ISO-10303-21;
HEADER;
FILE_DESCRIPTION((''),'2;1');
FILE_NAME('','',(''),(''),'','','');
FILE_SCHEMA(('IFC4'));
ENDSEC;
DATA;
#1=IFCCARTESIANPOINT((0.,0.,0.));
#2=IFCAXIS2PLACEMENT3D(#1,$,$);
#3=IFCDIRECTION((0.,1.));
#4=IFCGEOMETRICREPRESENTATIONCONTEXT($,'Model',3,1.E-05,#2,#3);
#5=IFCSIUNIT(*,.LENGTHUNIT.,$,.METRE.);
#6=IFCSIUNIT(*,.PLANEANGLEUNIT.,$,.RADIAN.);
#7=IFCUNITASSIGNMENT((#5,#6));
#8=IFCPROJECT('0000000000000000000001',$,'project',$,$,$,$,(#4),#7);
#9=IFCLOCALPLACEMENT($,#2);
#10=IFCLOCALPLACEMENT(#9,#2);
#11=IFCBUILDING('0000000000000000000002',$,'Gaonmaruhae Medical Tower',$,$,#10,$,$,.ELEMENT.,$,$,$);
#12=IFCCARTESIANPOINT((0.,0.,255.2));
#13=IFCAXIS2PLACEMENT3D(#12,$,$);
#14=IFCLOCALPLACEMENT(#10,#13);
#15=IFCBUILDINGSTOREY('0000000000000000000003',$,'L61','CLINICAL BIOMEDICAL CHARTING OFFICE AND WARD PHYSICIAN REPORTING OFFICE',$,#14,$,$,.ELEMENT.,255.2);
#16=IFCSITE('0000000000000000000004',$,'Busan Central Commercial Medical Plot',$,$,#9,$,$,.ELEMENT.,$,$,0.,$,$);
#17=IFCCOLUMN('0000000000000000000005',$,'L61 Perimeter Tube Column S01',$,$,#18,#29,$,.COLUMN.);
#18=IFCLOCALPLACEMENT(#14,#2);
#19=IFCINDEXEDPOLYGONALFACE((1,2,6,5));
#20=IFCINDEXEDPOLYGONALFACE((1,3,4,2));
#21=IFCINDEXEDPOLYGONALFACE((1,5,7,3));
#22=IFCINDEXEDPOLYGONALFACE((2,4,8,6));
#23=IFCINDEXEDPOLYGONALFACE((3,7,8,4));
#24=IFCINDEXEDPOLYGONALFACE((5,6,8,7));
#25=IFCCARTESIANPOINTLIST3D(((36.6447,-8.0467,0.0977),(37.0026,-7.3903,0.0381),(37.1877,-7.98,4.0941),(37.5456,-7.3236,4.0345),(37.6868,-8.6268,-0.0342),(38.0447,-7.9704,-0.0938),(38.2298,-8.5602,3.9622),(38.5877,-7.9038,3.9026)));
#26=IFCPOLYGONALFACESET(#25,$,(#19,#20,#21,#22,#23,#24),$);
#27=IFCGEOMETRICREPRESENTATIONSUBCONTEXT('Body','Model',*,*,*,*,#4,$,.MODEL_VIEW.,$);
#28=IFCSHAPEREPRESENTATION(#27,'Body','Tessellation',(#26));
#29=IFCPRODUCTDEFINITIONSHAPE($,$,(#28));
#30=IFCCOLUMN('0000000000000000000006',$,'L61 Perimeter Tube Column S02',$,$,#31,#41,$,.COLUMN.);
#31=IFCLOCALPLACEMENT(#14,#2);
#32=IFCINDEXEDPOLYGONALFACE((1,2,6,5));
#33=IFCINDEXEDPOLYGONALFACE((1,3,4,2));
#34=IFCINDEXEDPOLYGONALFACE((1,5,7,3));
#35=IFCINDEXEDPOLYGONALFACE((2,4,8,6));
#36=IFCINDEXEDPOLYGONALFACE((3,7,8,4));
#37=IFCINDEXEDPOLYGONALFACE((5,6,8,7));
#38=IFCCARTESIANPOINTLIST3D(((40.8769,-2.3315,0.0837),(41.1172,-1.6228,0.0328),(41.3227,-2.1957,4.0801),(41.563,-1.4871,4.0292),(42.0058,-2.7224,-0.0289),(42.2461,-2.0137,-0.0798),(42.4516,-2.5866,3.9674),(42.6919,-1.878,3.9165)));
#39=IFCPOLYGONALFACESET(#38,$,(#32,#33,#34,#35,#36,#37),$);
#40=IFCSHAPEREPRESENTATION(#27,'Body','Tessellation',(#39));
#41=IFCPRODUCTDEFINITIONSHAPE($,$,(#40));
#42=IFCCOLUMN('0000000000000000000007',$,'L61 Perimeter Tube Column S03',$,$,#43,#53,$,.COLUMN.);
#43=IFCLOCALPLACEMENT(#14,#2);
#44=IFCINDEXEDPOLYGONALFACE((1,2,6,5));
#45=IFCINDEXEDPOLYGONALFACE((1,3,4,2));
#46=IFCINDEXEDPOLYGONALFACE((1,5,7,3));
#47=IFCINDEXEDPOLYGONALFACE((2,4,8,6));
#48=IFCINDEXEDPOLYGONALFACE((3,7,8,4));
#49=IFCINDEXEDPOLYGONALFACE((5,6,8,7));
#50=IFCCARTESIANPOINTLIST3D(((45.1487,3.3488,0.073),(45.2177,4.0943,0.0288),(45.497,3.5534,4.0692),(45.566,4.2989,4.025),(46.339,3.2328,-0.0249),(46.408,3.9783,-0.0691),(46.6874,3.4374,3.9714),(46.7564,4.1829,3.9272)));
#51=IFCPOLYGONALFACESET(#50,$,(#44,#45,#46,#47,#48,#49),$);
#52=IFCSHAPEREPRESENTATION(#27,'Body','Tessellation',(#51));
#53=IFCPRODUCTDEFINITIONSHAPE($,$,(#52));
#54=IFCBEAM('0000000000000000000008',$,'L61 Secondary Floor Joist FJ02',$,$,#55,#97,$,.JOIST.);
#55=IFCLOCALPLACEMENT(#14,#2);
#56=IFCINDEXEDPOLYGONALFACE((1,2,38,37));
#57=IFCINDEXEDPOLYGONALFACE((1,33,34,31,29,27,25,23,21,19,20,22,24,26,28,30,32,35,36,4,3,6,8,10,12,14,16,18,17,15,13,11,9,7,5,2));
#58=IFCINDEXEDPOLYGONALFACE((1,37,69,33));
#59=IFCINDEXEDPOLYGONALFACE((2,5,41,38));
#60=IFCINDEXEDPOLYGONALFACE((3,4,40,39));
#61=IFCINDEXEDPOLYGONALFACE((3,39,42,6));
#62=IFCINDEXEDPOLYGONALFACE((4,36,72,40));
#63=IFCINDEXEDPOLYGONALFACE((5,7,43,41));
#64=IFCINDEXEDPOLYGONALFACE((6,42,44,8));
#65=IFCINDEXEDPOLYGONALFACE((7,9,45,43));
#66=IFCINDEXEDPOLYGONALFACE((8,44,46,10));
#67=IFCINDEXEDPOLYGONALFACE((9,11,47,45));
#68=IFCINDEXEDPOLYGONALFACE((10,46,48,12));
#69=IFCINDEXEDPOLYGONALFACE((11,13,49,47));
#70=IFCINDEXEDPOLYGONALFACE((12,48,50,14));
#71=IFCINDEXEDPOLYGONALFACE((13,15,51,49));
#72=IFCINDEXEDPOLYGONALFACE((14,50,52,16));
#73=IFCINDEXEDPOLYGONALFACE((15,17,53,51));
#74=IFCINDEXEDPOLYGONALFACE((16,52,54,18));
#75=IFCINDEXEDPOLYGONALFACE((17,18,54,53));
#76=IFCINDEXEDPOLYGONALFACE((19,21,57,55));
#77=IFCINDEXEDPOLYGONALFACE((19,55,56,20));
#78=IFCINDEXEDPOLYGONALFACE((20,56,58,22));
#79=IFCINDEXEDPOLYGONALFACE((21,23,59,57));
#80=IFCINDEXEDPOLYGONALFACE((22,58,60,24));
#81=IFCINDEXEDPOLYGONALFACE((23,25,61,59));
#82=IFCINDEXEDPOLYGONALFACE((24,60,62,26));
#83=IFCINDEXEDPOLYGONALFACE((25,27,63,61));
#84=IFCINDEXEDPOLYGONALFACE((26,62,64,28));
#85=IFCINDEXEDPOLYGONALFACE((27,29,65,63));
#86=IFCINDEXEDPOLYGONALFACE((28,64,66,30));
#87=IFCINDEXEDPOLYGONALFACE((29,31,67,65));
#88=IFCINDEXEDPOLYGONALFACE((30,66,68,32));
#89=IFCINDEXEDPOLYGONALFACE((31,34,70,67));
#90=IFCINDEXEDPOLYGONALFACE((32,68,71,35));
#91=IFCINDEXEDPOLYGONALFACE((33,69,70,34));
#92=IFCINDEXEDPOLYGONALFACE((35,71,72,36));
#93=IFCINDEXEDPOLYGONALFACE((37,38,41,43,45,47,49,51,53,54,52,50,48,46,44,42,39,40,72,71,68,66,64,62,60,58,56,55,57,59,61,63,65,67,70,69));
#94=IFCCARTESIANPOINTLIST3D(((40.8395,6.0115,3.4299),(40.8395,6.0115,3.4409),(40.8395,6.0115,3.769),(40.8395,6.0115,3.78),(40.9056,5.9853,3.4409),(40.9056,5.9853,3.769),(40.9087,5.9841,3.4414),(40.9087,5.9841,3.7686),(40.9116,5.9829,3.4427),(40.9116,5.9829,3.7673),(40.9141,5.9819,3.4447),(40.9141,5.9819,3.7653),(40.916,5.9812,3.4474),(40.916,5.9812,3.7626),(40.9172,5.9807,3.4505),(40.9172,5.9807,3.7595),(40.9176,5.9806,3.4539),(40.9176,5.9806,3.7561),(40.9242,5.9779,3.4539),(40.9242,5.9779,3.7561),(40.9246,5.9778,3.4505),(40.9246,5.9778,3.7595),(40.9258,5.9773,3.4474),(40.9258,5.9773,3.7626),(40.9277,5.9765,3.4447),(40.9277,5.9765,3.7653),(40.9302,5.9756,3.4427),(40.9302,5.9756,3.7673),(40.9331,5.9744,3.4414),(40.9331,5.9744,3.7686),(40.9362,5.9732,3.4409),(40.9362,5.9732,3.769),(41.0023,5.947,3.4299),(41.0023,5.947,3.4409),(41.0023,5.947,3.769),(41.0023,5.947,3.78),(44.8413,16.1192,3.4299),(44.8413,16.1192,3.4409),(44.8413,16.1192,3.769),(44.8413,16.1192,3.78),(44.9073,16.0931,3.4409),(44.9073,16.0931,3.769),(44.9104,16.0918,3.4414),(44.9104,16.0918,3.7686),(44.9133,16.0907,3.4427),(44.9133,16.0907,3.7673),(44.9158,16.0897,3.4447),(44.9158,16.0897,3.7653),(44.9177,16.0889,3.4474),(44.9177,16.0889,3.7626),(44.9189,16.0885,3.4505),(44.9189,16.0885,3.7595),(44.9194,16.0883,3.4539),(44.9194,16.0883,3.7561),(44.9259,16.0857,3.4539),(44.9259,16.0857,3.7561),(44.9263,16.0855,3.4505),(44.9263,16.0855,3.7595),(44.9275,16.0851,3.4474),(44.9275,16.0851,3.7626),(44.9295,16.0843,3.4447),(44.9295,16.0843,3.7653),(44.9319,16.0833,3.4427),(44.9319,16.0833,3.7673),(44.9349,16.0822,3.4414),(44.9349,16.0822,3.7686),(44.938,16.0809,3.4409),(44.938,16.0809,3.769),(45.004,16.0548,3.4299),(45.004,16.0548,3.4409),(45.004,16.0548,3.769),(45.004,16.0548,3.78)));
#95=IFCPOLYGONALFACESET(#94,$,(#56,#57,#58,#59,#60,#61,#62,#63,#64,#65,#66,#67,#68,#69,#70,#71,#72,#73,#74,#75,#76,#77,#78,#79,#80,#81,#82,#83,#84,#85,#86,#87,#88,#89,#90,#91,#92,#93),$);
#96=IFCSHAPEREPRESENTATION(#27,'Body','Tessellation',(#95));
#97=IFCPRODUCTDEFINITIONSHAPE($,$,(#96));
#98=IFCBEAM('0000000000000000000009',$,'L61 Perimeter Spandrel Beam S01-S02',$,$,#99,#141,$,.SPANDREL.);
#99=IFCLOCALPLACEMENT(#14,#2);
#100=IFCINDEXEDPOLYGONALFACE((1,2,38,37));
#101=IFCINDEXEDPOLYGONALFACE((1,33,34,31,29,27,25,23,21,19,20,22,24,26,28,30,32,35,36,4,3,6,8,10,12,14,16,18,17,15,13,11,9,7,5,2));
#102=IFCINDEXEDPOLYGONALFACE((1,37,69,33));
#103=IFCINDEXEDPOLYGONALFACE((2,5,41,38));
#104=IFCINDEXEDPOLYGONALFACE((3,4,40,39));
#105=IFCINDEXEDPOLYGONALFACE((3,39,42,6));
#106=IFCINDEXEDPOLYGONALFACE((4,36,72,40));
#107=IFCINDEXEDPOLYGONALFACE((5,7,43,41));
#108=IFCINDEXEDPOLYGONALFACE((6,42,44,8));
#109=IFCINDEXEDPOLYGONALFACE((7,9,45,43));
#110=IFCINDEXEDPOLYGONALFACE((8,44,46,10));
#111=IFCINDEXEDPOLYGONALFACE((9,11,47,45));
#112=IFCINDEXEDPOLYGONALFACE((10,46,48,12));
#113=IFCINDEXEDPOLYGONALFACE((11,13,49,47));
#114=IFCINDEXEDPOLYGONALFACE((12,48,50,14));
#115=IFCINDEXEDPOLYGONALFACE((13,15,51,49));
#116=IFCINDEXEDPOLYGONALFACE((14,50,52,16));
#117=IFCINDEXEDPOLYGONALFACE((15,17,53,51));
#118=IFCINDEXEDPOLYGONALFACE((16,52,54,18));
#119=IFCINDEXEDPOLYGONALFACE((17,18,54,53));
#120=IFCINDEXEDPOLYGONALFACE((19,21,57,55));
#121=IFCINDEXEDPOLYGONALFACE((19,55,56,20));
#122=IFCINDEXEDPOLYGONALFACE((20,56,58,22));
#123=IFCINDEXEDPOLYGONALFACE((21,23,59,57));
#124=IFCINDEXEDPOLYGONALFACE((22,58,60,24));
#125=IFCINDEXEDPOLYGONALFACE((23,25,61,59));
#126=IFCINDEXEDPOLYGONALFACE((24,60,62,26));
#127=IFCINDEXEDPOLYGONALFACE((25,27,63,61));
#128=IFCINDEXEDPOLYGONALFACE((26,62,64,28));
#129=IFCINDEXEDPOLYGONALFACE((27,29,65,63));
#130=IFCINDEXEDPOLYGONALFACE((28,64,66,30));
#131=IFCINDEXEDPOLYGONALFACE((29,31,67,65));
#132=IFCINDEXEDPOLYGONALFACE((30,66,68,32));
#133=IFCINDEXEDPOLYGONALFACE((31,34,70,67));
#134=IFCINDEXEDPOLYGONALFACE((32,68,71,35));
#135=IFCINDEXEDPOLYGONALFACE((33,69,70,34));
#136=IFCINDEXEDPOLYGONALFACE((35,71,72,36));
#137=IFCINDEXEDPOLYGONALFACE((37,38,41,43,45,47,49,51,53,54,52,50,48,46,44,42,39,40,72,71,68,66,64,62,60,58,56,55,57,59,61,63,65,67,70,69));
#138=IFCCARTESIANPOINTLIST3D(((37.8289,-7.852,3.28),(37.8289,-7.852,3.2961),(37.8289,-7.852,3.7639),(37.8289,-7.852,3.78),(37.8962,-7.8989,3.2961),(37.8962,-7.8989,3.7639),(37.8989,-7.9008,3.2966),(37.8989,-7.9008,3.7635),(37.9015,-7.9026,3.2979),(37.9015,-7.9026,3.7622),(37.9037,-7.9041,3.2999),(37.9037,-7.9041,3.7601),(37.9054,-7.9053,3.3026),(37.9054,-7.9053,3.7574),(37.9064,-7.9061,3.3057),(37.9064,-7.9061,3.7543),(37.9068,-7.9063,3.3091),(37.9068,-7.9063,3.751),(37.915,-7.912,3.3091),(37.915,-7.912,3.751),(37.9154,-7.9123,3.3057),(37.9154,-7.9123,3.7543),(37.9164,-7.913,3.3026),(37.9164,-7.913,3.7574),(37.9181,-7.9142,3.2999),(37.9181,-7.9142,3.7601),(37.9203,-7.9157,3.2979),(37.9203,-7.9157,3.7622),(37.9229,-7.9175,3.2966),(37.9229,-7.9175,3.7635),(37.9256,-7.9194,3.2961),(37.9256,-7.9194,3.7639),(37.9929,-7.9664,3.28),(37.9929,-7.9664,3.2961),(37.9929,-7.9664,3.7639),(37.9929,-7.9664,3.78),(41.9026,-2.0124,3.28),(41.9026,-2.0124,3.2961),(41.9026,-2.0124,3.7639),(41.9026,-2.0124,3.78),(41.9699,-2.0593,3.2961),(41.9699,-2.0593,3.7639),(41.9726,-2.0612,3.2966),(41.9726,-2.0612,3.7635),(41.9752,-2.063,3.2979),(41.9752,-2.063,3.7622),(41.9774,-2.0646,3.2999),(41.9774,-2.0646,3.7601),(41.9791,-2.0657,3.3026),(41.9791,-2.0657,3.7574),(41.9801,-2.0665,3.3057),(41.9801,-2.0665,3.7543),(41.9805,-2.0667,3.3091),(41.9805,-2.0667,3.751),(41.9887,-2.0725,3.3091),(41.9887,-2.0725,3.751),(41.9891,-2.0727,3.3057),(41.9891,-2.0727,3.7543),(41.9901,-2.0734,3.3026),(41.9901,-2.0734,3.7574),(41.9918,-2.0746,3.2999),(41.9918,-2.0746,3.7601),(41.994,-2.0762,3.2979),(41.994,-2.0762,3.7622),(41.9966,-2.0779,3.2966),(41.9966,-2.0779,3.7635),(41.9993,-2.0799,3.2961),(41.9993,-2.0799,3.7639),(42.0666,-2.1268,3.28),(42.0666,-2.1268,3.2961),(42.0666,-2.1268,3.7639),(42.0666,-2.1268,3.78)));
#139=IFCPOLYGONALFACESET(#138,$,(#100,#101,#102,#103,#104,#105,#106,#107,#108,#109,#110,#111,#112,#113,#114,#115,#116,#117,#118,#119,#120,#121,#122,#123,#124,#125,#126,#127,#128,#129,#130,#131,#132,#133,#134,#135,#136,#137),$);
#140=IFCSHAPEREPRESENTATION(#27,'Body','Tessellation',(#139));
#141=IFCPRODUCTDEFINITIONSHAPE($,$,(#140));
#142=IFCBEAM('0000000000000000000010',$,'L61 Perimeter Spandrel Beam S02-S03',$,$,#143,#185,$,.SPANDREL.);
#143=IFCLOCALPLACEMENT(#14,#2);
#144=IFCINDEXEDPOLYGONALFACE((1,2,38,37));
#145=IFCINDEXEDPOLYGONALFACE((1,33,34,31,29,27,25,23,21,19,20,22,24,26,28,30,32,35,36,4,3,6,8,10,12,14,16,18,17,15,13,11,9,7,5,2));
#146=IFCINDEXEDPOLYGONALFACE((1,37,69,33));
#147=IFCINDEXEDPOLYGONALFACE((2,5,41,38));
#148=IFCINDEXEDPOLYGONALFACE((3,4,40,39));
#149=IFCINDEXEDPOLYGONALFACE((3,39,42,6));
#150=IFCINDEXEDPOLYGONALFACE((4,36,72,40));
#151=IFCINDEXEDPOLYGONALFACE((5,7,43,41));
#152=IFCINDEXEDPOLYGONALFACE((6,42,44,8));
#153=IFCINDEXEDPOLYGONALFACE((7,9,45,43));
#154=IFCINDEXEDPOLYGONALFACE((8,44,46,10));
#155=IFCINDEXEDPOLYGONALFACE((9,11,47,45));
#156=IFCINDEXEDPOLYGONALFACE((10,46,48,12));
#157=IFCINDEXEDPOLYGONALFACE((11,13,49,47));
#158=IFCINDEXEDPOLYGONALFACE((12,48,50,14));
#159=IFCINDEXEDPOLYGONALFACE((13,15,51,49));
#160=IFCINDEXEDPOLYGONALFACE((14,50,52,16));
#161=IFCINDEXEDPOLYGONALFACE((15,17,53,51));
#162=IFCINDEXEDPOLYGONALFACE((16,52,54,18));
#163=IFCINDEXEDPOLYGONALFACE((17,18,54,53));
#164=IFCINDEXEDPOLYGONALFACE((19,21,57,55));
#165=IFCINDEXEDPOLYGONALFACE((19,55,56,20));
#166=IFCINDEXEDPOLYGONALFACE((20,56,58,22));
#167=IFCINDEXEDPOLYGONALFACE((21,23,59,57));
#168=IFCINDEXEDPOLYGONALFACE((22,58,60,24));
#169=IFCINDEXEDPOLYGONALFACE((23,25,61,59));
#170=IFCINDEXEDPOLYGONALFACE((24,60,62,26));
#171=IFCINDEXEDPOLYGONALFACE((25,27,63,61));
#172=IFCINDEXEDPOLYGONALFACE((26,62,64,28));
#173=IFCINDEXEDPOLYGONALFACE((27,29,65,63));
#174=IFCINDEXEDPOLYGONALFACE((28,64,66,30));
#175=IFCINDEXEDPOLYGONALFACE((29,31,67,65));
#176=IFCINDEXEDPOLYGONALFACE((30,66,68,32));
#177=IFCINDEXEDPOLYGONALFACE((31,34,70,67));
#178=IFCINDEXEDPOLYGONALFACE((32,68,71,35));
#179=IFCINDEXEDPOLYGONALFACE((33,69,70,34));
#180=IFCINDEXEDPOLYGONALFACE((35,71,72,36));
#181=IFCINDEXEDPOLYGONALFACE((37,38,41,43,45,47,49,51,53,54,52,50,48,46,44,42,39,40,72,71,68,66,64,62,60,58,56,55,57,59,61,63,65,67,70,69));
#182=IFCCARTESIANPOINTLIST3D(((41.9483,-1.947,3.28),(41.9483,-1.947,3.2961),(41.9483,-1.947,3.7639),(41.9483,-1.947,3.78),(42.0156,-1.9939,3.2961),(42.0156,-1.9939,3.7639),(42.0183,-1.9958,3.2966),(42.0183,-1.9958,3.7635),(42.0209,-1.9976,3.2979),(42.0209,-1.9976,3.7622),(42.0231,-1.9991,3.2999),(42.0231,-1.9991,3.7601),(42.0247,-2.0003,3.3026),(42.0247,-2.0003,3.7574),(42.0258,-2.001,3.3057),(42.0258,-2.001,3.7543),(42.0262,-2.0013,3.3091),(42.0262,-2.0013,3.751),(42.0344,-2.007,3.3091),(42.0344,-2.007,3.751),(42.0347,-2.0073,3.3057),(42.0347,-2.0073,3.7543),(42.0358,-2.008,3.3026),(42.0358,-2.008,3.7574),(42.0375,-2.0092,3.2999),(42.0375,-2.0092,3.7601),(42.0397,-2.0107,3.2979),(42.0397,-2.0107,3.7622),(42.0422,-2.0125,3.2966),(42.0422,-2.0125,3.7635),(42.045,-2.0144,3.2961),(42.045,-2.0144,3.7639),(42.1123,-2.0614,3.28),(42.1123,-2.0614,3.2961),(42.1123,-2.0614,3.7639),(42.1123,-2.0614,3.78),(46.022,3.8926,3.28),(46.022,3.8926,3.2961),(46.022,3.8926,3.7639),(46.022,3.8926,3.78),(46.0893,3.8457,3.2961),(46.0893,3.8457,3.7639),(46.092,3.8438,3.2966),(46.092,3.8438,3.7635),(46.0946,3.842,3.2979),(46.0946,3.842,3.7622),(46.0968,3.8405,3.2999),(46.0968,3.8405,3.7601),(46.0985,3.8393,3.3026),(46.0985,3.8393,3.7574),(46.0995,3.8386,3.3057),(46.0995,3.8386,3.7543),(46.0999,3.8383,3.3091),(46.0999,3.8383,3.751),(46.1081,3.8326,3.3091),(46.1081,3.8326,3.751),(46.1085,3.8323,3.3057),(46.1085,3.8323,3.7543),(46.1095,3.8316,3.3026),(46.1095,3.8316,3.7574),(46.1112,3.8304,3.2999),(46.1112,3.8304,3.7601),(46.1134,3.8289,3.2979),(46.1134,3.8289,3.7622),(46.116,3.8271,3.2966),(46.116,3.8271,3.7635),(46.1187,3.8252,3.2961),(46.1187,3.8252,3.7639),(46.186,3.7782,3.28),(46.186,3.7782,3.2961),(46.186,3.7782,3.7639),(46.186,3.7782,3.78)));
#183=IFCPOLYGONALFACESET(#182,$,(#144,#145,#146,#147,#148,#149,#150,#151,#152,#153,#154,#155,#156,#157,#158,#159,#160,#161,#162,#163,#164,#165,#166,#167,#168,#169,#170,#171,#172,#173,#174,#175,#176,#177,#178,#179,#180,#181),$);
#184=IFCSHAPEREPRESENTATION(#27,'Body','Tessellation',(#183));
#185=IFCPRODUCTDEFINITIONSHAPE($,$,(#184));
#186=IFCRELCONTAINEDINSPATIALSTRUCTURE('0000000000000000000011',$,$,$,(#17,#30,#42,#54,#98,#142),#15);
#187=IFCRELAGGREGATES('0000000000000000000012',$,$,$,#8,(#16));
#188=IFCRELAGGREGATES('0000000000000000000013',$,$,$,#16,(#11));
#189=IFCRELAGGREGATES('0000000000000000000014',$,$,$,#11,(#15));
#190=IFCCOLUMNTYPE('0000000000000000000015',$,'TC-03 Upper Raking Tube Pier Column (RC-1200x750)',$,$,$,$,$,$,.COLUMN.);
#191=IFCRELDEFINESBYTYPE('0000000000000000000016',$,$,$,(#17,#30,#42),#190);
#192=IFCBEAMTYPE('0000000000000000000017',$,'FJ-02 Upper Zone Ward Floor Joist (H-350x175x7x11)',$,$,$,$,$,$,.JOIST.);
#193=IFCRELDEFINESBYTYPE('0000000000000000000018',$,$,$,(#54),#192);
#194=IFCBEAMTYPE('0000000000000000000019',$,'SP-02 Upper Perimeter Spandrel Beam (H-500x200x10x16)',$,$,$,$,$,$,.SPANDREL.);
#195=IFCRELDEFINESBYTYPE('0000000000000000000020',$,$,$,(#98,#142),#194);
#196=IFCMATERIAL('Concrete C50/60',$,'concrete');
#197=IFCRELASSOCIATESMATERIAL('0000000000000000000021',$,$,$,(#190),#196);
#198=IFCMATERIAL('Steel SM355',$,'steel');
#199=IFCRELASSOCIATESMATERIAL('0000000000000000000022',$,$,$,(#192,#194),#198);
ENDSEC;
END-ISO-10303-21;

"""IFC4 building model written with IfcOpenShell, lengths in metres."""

from ifc_helpers import new_model, si_unit, direction, frame, origin, origin_2d, place, context, subcontext, project, spatial, rectangle, i_section, extrude, material, material_profile, profile_set, type_object, element, save


model = new_model("IFC4")

# Units and contexts
model_context = context("Model", 3, precision=1e-05, world=origin(), true_north=direction((0.0, 1.0)))
body_context = subcontext(model_context, "Body", "Model", "MODEL_VIEW")
ifc_project = project(units=[si_unit("LENGTHUNIT", "METRE"), si_unit("PLANEANGLEUNIT", "RADIAN")], contexts=[model_context])

# Site, building, storey
site_placement = place(None, origin())
site = spatial("IfcSite", under=ifc_project, at=site_placement, Name="Busan Central Commercial Medical Plot", CompositionType="ELEMENT", RefElevation=0.0)
building_placement = place(site_placement, origin())
building = spatial("IfcBuilding", under=site, at=building_placement, Name="Gaonmaruhae Medical Tower", CompositionType="ELEMENT")
storey_placement = place(building_placement, frame((0.0, 0.0, 255.2)))
storey = spatial("IfcBuildingStorey", under=building, at=storey_placement, Name="L61", Description="CLINICAL BIOMEDICAL CHARTING OFFICE AND WARD PHYSICIAN REPORTING OFFICE", CompositionType="ELEMENT", Elevation=255.2)

# Columns
ifc_material_1 = material(Name="Concrete C50/60", Category="concrete")
ifc_material_profile_1 = material_profile(ifc_material_1, rectangle(XDim=1.2, YDim=0.75, at=origin_2d()), Name="RC-1200x750")
ifc_profile_set_1 = profile_set([ifc_material_profile_1], Name="Concrete C50/60")
column_type = type_object("IfcColumnType", Name="TC-03 Upper Raking Tube Pier Column (RC-1200x750)", PredefinedType="COLUMN", material=ifc_profile_set_1)
column_1_placement = place(storey_placement, frame((37.3447, -8.0085, 0.002), z_axis=(0.134611, 0.016524, 0.990761), x_axis=(-0.868437, 0.483459, 0.109929)))
element("IfcColumn", 1, at=column_1_placement, inside=storey, type_object=column_type, Name="L61 Perimeter Tube Column S01", PredefinedType="COLUMN", context=body_context, shape_type="SweptSolid", body=[
    extrude(rectangle(XDim=1.2, YDim=0.75, at=origin_2d()), origin(), (0.0, 0.0, 1.0), 4.0337),
])
column_2_placement = place(storey_placement, frame((41.5615, -2.1726, 0.002), z_axis=(0.110802, 0.033738, 0.99327), x_axis=(-0.940782, 0.325754, 0.093882)))
element("IfcColumn", 2, at=column_2_placement, inside=storey, type_object=column_type, Name="L61 Perimeter Tube Column S02", PredefinedType="COLUMN", context=body_context, shape_type="SweptSolid", body=[
    extrude(rectangle(XDim=1.2, YDim=0.75, at=origin_2d()), origin(), (0.0, 0.0, 1.0), 4.0234),
])
column_3_placement = place(storey_placement, frame((45.7783, 3.6636, 0.002), z_axis=(0.086735, 0.050935, 0.994928), x_axis=(-0.991973, 0.096652, 0.081529)))
element("IfcColumn", 3, at=column_3_placement, inside=storey, type_object=column_type, Name="L61 Perimeter Tube Column S03", PredefinedType="COLUMN", context=body_context, shape_type="SweptSolid", body=[
    extrude(rectangle(XDim=1.2, YDim=0.75, at=origin_2d()), origin(), (0.0, 0.0, 1.0), 4.0166),
])

# Beams
ifc_material_2 = material(Name="Steel SM355", Category="steel")
ifc_material_profile_2 = material_profile(ifc_material_2, i_section(OverallWidth=0.175, OverallDepth=0.3501, WebThickness=0.0071, FlangeThickness=0.011, FilletRadius=0.0129, at=origin_2d()), Name="H-350x175x7x11")
ifc_profile_set_2 = profile_set([ifc_material_profile_2], Name="Steel SM355")
beam_type_1 = type_object("IfcBeamType", Name="FJ-02 Upper Zone Ward Floor Joist (H-350x175x7x11)", PredefinedType="JOIST", material=ifc_profile_set_2)
beam_1_placement = place(storey_placement, frame((40.9209, 5.9792, 3.605), z_axis=(0.368109, 0.929783, 0.0), x_axis=(-0.929783, 0.368109, 0.0)))
element("IfcBeam", 4, at=beam_1_placement, inside=storey, type_object=beam_type_1, Name="L61 Secondary Floor Joist FJ02", PredefinedType="JOIST", context=body_context, shape_type="SweptSolid", body=[
    extrude(i_section(OverallWidth=0.175, OverallDepth=0.3501, WebThickness=0.0071, FlangeThickness=0.011, FilletRadius=0.0129, at=origin_2d()), origin(), (0.0, 0.0, 1.0), 10.8711),
])
ifc_material_profile_3 = material_profile(ifc_material_2, i_section(OverallWidth=0.2, OverallDepth=0.5, WebThickness=0.01, FlangeThickness=0.0161, FilletRadius=0.0129, at=origin_2d()), Name="H-500x200x10x16")
ifc_profile_set_3 = profile_set([ifc_material_profile_3], Name="Steel SM355")
beam_type_2 = type_object("IfcBeamType", Name="SP-02 Upper Perimeter Spandrel Beam (H-500x200x10x16)", PredefinedType="SPANDREL", material=ifc_profile_set_3)
for number, where, z_axis, x_axis, name in (
    (5, (37.9109, -7.9092, 3.53), (0.572143, 0.820154, 0.0), (-0.820154, 0.572143, 0.0), "L61 Perimeter Spandrel Beam S01-S02"),
    (6, (42.0303, -2.0042, 3.53), (0.572143, 0.820154, 0.0), (-0.820154, 0.572143, 0.0), "L61 Perimeter Spandrel Beam S02-S03"),
):
    element("IfcBeam", number, at=place(storey_placement, frame(where, z_axis=z_axis, x_axis=x_axis)), inside=storey, type_object=beam_type_2, Name=name, PredefinedType="SPANDREL", context=body_context, shape_type="SweptSolid", body=[
        extrude(i_section(OverallWidth=0.2, OverallDepth=0.5, WebThickness=0.01, FlangeThickness=0.0161, FilletRadius=0.0129, at=origin_2d()), origin(), (0.0, 0.0, 1.0), 7.1201),
    ])

save(model, "model.ifc")
